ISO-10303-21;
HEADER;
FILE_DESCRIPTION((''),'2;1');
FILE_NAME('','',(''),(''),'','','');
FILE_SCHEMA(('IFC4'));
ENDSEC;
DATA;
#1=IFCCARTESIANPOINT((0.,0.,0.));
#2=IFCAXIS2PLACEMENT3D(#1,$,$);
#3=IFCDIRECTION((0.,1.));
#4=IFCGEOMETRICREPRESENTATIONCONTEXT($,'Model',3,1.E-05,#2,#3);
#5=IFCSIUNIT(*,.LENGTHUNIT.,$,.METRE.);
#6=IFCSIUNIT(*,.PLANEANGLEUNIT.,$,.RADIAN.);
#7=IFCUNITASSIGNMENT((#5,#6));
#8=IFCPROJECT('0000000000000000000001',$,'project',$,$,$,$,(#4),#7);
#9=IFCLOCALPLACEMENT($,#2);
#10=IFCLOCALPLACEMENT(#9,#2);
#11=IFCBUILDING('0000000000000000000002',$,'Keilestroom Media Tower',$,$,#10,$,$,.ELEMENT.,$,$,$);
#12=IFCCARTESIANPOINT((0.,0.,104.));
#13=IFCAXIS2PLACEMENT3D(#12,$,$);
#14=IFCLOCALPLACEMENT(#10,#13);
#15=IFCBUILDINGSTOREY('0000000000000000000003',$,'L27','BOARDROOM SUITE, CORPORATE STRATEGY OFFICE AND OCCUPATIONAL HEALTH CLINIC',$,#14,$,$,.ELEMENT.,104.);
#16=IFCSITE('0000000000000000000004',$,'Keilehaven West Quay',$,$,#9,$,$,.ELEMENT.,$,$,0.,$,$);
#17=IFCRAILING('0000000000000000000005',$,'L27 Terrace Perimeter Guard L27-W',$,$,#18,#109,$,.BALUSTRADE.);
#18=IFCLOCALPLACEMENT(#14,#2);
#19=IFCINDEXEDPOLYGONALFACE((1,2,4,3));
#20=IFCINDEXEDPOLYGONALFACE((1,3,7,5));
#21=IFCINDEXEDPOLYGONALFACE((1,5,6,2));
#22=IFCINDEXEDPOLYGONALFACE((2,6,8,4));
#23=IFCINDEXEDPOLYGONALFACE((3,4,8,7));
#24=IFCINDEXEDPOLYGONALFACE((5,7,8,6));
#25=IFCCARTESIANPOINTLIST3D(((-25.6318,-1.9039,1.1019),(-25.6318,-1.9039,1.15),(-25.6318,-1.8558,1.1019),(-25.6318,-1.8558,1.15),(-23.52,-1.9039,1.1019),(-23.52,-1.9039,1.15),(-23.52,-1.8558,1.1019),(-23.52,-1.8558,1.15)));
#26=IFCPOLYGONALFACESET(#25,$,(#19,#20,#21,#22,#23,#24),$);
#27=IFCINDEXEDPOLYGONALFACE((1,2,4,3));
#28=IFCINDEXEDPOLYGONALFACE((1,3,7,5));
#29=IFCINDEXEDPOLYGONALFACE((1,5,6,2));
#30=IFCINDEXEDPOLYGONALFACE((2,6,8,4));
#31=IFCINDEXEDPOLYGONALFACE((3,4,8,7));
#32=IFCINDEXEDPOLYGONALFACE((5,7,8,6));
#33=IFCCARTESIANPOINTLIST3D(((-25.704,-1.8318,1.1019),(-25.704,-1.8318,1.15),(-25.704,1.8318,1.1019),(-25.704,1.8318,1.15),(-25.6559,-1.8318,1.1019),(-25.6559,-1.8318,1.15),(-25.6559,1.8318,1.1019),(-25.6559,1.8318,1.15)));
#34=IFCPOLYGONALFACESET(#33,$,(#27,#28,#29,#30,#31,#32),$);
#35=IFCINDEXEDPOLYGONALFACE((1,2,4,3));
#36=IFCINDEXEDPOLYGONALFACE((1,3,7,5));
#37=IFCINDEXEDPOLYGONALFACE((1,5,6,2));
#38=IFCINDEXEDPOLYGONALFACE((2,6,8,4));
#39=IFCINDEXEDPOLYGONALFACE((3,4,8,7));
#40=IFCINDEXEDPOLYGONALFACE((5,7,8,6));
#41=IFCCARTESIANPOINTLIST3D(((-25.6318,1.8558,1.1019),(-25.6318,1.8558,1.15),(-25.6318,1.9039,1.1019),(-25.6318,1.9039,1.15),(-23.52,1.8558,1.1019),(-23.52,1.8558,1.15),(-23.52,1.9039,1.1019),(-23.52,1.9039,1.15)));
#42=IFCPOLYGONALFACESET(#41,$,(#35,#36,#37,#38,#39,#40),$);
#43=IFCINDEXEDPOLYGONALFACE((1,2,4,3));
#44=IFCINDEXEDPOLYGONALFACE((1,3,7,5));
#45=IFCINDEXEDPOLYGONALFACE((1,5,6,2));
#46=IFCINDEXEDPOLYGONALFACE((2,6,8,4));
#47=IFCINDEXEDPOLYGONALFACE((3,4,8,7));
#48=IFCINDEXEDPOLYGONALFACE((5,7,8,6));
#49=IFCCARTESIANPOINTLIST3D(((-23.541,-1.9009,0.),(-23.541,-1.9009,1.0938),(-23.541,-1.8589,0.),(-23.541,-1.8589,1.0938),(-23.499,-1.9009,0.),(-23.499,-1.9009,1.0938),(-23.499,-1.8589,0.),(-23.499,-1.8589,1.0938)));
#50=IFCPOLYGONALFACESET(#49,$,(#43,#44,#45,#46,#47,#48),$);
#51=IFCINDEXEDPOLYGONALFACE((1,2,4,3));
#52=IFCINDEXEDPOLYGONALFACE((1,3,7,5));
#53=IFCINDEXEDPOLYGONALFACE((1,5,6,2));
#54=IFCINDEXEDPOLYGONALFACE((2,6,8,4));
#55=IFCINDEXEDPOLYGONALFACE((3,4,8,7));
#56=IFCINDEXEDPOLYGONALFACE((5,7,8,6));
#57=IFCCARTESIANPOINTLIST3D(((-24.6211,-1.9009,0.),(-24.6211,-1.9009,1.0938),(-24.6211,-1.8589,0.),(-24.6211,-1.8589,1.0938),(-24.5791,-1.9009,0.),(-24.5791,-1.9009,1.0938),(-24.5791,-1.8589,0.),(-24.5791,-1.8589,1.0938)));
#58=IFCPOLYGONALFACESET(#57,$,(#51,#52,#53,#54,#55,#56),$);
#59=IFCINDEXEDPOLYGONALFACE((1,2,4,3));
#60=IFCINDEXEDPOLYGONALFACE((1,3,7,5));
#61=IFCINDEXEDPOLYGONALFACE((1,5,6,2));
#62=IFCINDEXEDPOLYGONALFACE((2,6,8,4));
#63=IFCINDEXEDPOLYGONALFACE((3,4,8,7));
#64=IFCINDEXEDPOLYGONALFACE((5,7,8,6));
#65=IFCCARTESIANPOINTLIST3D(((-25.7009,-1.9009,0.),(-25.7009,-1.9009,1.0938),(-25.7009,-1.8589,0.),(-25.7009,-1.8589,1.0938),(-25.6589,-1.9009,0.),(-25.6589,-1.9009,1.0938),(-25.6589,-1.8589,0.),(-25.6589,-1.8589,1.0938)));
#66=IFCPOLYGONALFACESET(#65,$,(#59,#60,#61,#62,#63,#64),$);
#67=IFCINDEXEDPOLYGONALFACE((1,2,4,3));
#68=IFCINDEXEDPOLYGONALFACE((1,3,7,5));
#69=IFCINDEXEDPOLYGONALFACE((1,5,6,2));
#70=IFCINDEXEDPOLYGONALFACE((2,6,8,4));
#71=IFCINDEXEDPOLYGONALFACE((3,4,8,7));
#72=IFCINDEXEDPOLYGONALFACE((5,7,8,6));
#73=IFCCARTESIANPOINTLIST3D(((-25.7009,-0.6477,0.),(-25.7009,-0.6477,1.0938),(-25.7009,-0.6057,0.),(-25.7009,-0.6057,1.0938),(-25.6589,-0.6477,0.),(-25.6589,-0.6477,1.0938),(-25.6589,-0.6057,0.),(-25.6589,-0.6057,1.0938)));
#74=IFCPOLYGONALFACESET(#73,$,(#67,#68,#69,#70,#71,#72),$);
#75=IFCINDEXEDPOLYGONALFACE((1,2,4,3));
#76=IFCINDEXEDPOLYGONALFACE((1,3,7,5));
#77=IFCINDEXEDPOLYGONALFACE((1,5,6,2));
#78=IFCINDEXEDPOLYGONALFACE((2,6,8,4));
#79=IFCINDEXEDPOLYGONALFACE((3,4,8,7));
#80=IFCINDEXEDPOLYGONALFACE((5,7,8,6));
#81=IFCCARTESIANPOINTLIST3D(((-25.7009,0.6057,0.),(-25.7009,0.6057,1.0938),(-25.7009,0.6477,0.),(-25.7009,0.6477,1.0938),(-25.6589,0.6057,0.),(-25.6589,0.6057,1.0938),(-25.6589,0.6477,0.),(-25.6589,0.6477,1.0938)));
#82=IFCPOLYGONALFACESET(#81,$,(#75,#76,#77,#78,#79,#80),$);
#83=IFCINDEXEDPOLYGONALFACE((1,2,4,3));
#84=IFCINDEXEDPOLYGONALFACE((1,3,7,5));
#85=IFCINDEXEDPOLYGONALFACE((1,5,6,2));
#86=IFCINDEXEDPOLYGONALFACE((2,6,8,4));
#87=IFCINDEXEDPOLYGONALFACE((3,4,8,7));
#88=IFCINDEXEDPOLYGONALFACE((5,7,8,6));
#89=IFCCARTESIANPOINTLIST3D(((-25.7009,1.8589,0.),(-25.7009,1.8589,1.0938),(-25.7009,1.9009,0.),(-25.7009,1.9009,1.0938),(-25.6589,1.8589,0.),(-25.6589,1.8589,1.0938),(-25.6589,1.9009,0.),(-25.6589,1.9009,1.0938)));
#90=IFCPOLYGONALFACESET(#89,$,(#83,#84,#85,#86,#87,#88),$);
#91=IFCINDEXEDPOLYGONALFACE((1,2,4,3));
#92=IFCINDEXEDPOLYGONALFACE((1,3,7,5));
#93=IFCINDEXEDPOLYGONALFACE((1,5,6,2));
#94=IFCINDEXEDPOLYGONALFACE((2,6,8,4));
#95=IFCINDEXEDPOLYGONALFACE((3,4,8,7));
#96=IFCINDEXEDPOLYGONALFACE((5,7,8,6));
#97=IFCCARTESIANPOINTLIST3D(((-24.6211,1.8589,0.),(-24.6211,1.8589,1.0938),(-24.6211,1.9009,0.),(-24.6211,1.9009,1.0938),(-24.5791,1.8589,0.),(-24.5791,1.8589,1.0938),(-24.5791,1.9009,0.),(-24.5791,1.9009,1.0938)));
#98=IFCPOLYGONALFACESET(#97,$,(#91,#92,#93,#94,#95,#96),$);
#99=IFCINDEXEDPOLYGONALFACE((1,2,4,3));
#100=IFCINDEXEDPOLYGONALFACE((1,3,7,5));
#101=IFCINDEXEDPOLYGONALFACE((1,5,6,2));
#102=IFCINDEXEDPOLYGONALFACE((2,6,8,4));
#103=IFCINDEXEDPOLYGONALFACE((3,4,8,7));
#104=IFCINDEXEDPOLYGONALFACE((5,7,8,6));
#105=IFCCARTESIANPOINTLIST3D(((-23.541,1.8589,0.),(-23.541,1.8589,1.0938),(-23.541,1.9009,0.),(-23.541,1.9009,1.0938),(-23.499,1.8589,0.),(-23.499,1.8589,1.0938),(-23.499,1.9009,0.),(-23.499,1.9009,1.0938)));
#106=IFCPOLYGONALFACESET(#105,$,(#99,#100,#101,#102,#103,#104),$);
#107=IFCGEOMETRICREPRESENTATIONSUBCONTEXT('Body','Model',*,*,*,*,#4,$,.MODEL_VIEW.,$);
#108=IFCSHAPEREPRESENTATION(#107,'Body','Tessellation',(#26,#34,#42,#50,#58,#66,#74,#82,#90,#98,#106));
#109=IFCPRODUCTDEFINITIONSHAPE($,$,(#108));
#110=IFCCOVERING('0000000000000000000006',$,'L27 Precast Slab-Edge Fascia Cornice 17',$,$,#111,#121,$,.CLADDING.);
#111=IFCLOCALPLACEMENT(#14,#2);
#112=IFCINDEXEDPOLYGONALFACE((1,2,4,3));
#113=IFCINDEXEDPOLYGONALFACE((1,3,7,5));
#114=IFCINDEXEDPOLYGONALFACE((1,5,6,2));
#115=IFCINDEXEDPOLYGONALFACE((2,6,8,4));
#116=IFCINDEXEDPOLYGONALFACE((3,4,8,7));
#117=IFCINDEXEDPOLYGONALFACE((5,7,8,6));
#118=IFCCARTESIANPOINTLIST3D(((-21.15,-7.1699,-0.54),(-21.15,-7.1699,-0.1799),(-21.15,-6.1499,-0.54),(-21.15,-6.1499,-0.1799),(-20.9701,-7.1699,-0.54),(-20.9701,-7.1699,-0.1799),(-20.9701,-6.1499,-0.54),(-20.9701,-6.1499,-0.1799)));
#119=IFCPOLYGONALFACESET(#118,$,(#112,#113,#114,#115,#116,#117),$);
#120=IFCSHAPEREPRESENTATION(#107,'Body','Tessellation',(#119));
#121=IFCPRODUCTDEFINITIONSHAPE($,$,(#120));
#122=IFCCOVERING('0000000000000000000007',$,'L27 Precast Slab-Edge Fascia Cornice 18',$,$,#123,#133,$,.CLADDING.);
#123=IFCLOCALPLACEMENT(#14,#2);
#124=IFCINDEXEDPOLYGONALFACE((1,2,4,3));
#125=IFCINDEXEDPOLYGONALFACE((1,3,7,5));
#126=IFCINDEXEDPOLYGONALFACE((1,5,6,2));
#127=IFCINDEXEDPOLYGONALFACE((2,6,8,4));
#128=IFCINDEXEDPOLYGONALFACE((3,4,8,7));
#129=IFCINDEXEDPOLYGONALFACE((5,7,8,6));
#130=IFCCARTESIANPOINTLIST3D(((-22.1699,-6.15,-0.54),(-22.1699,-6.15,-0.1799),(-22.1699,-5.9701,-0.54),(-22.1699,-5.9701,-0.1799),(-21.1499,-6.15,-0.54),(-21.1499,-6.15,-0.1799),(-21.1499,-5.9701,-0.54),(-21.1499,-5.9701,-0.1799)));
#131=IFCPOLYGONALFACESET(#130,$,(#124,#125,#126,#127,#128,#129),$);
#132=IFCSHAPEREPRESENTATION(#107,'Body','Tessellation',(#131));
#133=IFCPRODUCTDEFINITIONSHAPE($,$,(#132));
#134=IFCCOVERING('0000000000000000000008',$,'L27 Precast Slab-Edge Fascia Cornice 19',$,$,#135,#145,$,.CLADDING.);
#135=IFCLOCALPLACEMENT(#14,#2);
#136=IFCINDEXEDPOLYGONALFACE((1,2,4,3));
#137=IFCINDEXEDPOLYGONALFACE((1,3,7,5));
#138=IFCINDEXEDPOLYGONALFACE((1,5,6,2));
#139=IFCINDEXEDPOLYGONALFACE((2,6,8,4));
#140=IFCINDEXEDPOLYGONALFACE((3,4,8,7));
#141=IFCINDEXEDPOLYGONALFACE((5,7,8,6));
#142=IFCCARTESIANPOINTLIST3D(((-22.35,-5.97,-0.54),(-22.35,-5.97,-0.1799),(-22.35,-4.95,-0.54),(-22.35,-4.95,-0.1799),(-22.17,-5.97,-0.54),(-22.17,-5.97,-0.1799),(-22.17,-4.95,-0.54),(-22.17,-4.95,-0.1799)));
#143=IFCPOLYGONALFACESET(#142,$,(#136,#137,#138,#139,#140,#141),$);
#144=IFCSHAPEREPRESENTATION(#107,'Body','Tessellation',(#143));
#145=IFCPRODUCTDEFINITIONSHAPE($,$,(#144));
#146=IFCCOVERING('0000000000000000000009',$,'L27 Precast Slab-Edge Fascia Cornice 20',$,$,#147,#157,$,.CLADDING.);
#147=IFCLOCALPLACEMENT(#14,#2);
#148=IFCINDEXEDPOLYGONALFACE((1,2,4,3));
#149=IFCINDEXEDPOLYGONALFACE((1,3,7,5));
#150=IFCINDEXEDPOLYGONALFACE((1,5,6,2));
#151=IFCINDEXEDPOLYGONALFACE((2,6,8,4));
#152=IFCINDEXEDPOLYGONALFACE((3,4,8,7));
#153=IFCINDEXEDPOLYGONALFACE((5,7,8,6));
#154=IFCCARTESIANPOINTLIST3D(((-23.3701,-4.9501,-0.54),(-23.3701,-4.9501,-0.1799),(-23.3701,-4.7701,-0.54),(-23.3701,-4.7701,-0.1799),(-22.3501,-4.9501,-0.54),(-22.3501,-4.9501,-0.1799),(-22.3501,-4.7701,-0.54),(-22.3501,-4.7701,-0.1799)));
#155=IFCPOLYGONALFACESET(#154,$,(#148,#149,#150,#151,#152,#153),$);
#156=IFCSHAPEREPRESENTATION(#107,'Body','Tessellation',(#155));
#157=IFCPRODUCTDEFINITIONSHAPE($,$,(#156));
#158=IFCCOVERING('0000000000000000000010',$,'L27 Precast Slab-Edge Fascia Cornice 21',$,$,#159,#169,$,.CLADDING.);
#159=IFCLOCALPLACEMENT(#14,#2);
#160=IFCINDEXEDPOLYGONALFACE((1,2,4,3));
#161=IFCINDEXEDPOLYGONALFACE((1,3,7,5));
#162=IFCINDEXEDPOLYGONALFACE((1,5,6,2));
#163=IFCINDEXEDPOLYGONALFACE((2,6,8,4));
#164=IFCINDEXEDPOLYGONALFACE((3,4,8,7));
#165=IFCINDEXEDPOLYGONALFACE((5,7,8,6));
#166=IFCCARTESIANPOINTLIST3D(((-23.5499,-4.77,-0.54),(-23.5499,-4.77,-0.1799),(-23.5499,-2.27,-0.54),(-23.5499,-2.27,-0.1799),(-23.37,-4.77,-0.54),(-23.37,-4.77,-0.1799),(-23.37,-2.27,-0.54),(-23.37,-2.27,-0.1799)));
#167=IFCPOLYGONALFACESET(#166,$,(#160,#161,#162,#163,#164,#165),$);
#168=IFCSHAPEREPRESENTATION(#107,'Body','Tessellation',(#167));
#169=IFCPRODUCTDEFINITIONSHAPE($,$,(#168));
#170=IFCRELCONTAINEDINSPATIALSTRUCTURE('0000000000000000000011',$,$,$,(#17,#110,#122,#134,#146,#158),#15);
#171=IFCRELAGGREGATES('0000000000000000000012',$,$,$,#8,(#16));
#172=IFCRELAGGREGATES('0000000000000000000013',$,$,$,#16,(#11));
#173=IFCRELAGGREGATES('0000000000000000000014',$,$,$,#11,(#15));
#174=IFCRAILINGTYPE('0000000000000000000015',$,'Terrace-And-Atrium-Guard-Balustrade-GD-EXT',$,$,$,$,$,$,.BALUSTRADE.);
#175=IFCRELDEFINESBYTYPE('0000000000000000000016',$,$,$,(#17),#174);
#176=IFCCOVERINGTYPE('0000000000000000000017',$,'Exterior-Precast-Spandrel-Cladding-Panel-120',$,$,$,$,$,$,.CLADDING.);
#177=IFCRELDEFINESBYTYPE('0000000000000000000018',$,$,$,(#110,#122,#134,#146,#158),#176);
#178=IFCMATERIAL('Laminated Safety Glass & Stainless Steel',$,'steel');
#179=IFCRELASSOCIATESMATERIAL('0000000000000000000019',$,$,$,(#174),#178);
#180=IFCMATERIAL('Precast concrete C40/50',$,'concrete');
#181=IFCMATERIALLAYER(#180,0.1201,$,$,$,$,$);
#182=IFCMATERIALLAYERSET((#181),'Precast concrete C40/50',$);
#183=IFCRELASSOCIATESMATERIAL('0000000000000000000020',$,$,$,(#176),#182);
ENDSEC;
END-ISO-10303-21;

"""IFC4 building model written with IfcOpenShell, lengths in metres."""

from ifc_helpers import new_model, si_unit, direction, frame, origin, origin_2d, place, context, subcontext, project, spatial, rectangle, extrude, source, transform, mapped, material, layer, layer_set, type_object, element, save


model = new_model("IFC4")

# Units and contexts
model_context = context("Model", 3, precision=1e-05, world=origin(), true_north=direction((0.0, 1.0)))
body_context = subcontext(model_context, "Body", "Model", "MODEL_VIEW")
ifc_project = project(units=[si_unit("LENGTHUNIT", "METRE"), si_unit("PLANEANGLEUNIT", "RADIAN")], contexts=[model_context])

# Site, building, storey
site_placement = place(None, origin())
site = spatial("IfcSite", under=ifc_project, at=site_placement, Name="Keilehaven West Quay", CompositionType="ELEMENT", RefElevation=0.0)
building_placement = place(site_placement, origin())
building = spatial("IfcBuilding", under=site, at=building_placement, Name="Keilestroom Media Tower", CompositionType="ELEMENT")
storey_placement = place(building_placement, frame((0.0, 0.0, 104.0)))
storey = spatial("IfcBuildingStorey", under=building, at=storey_placement, Name="L27", Description="BOARDROOM SUITE, CORPORATE STRATEGY OFFICE AND OCCUPATIONAL HEALTH CLINIC", CompositionType="ELEMENT", Elevation=104.0)

# Shared definitions
ifc_material_1 = material(Name="Precast concrete C40/50", Category="concrete")

# Railing
ifc_material_2 = material(Name="Laminated Safety Glass & Stainless Steel", Category="steel")
railing_type = type_object("IfcRailingType", Name="Terrace-And-Atrium-Guard-Balustrade-GD-EXT", PredefinedType="BALUSTRADE", material=ifc_material_2)
railing_placement = place(storey_placement, frame((-23.52, -1.8799, 0.0)))
element("IfcRailing", 1, at=railing_placement, inside=storey, type_object=railing_type, Name="L27 Terrace Perimeter Guard L27-W", PredefinedType="BALUSTRADE", context=body_context, shape_type="SweptSolid", body=[
    extrude(rectangle(XDim=0.0481, YDim=0.0481, at=origin_2d()), frame((0.0, 0.0, 1.126), z_axis=(-1.0, 0.0, 0.0), x_axis=(0.0, -1.0, 0.0)), (0.0, 0.0, 1.0), 2.1118),
    extrude(rectangle(XDim=0.0481, YDim=0.0481, at=origin_2d()), frame((-2.1599, 0.0481, 1.126), z_axis=(0.0, 1.0, 0.0), x_axis=(-1.0, 0.0, 0.0)), (0.0, 0.0, 1.0), 3.6636),
    extrude(rectangle(XDim=0.0481, YDim=0.0481, at=origin_2d()), frame((-2.1118, 3.7598, 1.126), z_axis=(1.0, 0.0, 0.0), x_axis=(0.0, 1.0, 0.0)), (0.0, 0.0, 1.0), 2.1118),
    extrude(rectangle(XDim=0.042, YDim=0.042, at=origin_2d()), origin(), (0.0, 0.0, 1.0), 1.0938),
    extrude(rectangle(XDim=0.042, YDim=0.042, at=origin_2d()), frame((-1.0801, 0.0, 0.0)), (0.0, 0.0, 1.0), 1.0938),
    extrude(rectangle(XDim=0.042, YDim=0.042, at=origin_2d()), frame((-2.1599, 0.0, 0.0)), (0.0, 0.0, 1.0), 1.0938),
    extrude(rectangle(XDim=0.042, YDim=0.042, at=origin_2d()), frame((-2.1599, 1.2532, 0.0)), (0.0, 0.0, 1.0), 1.0938),
    extrude(rectangle(XDim=0.042, YDim=0.042, at=origin_2d()), frame((-2.1599, 2.5066, 0.0)), (0.0, 0.0, 1.0), 1.0938),
    extrude(rectangle(XDim=0.042, YDim=0.042, at=origin_2d()), frame((-2.1599, 3.7598, 0.0)), (0.0, 0.0, 1.0), 1.0938),
    extrude(rectangle(XDim=0.042, YDim=0.042, at=origin_2d()), frame((-1.0801, 3.7598, 0.0)), (0.0, 0.0, 1.0), 1.0938),
    extrude(rectangle(XDim=0.042, YDim=0.042, at=origin_2d()), frame((0.0, 3.7598, 0.0)), (0.0, 0.0, 1.0), 1.0938),
])

# Coverings
ifc_layer_1 = layer(ifc_material_1, 0.1201)
ifc_layer_set_1 = layer_set([ifc_layer_1], Name="Precast concrete C40/50")
covering_type = type_object("IfcCoveringType", Name="Exterior-Precast-Spandrel-Cladding-Panel-120", PredefinedType="CLADDING", material=ifc_layer_set_1)
shared_shape_1 = source(origin(), body_context, "Body", "SweptSolid", [
    extrude(rectangle(XDim=1.02, YDim=0.1799, at=origin_2d()), origin(), (0.0, 0.0, 1.0), 0.3601),
])
for number, where, z_axis, x_axis, name in (
    (2, (-21.0601, -6.6599, -0.54), (0.0, 0.0, 1.0), (0.0, 1.0, 0.0), "L27 Precast Slab-Edge Fascia Cornice 17"),
    (3, (-21.6599, -6.0601, -0.54), (0.0, 0.0, 1.0), (-1.0, 0.0, 0.0), "L27 Precast Slab-Edge Fascia Cornice 18"),
    (4, (-22.26, -5.46, -0.54), (0.0, 0.0, 1.0), (0.0, 1.0, 0.0), "L27 Precast Slab-Edge Fascia Cornice 19"),
    (5, (-22.8601, -4.8601, -0.54), (0.0, 0.0, 1.0), (-1.0, 0.0, 0.0), "L27 Precast Slab-Edge Fascia Cornice 20"),
):
    element("IfcCovering", number, at=place(storey_placement, frame(where, z_axis=z_axis, x_axis=x_axis)), inside=storey, type_object=covering_type, Name=name, PredefinedType="CLADDING", context=body_context, shape_type="MappedRepresentation", body=[
        mapped(shared_shape_1, transform((0.0, 0.0, 0.0), x_axis=(1.0, 0.0, 0.0), y_axis=(0.0, 1.0, 0.0), z_axis=(0.0, 0.0, 1.0), scale=1.0)),
    ])
shared_shape_2 = source(origin(), body_context, "Body", "SweptSolid", [
    extrude(rectangle(XDim=2.5, YDim=0.1799, at=origin_2d()), origin(), (0.0, 0.0, 1.0), 0.3601),
])
covering_placement = place(storey_placement, frame((-23.46, -3.52, -0.54), z_axis=(0.0, 0.0, 1.0), x_axis=(0.0, 1.0, 0.0)))
element("IfcCovering", 6, at=covering_placement, inside=storey, type_object=covering_type, Name="L27 Precast Slab-Edge Fascia Cornice 21", PredefinedType="CLADDING", context=body_context, shape_type="MappedRepresentation", body=[
    mapped(shared_shape_2, transform((0.0, 0.0, 0.0), x_axis=(1.0, 0.0, 0.0), y_axis=(0.0, 1.0, 0.0), z_axis=(0.0, 0.0, 1.0), scale=1.0)),
])

save(model, "model.ifc")
